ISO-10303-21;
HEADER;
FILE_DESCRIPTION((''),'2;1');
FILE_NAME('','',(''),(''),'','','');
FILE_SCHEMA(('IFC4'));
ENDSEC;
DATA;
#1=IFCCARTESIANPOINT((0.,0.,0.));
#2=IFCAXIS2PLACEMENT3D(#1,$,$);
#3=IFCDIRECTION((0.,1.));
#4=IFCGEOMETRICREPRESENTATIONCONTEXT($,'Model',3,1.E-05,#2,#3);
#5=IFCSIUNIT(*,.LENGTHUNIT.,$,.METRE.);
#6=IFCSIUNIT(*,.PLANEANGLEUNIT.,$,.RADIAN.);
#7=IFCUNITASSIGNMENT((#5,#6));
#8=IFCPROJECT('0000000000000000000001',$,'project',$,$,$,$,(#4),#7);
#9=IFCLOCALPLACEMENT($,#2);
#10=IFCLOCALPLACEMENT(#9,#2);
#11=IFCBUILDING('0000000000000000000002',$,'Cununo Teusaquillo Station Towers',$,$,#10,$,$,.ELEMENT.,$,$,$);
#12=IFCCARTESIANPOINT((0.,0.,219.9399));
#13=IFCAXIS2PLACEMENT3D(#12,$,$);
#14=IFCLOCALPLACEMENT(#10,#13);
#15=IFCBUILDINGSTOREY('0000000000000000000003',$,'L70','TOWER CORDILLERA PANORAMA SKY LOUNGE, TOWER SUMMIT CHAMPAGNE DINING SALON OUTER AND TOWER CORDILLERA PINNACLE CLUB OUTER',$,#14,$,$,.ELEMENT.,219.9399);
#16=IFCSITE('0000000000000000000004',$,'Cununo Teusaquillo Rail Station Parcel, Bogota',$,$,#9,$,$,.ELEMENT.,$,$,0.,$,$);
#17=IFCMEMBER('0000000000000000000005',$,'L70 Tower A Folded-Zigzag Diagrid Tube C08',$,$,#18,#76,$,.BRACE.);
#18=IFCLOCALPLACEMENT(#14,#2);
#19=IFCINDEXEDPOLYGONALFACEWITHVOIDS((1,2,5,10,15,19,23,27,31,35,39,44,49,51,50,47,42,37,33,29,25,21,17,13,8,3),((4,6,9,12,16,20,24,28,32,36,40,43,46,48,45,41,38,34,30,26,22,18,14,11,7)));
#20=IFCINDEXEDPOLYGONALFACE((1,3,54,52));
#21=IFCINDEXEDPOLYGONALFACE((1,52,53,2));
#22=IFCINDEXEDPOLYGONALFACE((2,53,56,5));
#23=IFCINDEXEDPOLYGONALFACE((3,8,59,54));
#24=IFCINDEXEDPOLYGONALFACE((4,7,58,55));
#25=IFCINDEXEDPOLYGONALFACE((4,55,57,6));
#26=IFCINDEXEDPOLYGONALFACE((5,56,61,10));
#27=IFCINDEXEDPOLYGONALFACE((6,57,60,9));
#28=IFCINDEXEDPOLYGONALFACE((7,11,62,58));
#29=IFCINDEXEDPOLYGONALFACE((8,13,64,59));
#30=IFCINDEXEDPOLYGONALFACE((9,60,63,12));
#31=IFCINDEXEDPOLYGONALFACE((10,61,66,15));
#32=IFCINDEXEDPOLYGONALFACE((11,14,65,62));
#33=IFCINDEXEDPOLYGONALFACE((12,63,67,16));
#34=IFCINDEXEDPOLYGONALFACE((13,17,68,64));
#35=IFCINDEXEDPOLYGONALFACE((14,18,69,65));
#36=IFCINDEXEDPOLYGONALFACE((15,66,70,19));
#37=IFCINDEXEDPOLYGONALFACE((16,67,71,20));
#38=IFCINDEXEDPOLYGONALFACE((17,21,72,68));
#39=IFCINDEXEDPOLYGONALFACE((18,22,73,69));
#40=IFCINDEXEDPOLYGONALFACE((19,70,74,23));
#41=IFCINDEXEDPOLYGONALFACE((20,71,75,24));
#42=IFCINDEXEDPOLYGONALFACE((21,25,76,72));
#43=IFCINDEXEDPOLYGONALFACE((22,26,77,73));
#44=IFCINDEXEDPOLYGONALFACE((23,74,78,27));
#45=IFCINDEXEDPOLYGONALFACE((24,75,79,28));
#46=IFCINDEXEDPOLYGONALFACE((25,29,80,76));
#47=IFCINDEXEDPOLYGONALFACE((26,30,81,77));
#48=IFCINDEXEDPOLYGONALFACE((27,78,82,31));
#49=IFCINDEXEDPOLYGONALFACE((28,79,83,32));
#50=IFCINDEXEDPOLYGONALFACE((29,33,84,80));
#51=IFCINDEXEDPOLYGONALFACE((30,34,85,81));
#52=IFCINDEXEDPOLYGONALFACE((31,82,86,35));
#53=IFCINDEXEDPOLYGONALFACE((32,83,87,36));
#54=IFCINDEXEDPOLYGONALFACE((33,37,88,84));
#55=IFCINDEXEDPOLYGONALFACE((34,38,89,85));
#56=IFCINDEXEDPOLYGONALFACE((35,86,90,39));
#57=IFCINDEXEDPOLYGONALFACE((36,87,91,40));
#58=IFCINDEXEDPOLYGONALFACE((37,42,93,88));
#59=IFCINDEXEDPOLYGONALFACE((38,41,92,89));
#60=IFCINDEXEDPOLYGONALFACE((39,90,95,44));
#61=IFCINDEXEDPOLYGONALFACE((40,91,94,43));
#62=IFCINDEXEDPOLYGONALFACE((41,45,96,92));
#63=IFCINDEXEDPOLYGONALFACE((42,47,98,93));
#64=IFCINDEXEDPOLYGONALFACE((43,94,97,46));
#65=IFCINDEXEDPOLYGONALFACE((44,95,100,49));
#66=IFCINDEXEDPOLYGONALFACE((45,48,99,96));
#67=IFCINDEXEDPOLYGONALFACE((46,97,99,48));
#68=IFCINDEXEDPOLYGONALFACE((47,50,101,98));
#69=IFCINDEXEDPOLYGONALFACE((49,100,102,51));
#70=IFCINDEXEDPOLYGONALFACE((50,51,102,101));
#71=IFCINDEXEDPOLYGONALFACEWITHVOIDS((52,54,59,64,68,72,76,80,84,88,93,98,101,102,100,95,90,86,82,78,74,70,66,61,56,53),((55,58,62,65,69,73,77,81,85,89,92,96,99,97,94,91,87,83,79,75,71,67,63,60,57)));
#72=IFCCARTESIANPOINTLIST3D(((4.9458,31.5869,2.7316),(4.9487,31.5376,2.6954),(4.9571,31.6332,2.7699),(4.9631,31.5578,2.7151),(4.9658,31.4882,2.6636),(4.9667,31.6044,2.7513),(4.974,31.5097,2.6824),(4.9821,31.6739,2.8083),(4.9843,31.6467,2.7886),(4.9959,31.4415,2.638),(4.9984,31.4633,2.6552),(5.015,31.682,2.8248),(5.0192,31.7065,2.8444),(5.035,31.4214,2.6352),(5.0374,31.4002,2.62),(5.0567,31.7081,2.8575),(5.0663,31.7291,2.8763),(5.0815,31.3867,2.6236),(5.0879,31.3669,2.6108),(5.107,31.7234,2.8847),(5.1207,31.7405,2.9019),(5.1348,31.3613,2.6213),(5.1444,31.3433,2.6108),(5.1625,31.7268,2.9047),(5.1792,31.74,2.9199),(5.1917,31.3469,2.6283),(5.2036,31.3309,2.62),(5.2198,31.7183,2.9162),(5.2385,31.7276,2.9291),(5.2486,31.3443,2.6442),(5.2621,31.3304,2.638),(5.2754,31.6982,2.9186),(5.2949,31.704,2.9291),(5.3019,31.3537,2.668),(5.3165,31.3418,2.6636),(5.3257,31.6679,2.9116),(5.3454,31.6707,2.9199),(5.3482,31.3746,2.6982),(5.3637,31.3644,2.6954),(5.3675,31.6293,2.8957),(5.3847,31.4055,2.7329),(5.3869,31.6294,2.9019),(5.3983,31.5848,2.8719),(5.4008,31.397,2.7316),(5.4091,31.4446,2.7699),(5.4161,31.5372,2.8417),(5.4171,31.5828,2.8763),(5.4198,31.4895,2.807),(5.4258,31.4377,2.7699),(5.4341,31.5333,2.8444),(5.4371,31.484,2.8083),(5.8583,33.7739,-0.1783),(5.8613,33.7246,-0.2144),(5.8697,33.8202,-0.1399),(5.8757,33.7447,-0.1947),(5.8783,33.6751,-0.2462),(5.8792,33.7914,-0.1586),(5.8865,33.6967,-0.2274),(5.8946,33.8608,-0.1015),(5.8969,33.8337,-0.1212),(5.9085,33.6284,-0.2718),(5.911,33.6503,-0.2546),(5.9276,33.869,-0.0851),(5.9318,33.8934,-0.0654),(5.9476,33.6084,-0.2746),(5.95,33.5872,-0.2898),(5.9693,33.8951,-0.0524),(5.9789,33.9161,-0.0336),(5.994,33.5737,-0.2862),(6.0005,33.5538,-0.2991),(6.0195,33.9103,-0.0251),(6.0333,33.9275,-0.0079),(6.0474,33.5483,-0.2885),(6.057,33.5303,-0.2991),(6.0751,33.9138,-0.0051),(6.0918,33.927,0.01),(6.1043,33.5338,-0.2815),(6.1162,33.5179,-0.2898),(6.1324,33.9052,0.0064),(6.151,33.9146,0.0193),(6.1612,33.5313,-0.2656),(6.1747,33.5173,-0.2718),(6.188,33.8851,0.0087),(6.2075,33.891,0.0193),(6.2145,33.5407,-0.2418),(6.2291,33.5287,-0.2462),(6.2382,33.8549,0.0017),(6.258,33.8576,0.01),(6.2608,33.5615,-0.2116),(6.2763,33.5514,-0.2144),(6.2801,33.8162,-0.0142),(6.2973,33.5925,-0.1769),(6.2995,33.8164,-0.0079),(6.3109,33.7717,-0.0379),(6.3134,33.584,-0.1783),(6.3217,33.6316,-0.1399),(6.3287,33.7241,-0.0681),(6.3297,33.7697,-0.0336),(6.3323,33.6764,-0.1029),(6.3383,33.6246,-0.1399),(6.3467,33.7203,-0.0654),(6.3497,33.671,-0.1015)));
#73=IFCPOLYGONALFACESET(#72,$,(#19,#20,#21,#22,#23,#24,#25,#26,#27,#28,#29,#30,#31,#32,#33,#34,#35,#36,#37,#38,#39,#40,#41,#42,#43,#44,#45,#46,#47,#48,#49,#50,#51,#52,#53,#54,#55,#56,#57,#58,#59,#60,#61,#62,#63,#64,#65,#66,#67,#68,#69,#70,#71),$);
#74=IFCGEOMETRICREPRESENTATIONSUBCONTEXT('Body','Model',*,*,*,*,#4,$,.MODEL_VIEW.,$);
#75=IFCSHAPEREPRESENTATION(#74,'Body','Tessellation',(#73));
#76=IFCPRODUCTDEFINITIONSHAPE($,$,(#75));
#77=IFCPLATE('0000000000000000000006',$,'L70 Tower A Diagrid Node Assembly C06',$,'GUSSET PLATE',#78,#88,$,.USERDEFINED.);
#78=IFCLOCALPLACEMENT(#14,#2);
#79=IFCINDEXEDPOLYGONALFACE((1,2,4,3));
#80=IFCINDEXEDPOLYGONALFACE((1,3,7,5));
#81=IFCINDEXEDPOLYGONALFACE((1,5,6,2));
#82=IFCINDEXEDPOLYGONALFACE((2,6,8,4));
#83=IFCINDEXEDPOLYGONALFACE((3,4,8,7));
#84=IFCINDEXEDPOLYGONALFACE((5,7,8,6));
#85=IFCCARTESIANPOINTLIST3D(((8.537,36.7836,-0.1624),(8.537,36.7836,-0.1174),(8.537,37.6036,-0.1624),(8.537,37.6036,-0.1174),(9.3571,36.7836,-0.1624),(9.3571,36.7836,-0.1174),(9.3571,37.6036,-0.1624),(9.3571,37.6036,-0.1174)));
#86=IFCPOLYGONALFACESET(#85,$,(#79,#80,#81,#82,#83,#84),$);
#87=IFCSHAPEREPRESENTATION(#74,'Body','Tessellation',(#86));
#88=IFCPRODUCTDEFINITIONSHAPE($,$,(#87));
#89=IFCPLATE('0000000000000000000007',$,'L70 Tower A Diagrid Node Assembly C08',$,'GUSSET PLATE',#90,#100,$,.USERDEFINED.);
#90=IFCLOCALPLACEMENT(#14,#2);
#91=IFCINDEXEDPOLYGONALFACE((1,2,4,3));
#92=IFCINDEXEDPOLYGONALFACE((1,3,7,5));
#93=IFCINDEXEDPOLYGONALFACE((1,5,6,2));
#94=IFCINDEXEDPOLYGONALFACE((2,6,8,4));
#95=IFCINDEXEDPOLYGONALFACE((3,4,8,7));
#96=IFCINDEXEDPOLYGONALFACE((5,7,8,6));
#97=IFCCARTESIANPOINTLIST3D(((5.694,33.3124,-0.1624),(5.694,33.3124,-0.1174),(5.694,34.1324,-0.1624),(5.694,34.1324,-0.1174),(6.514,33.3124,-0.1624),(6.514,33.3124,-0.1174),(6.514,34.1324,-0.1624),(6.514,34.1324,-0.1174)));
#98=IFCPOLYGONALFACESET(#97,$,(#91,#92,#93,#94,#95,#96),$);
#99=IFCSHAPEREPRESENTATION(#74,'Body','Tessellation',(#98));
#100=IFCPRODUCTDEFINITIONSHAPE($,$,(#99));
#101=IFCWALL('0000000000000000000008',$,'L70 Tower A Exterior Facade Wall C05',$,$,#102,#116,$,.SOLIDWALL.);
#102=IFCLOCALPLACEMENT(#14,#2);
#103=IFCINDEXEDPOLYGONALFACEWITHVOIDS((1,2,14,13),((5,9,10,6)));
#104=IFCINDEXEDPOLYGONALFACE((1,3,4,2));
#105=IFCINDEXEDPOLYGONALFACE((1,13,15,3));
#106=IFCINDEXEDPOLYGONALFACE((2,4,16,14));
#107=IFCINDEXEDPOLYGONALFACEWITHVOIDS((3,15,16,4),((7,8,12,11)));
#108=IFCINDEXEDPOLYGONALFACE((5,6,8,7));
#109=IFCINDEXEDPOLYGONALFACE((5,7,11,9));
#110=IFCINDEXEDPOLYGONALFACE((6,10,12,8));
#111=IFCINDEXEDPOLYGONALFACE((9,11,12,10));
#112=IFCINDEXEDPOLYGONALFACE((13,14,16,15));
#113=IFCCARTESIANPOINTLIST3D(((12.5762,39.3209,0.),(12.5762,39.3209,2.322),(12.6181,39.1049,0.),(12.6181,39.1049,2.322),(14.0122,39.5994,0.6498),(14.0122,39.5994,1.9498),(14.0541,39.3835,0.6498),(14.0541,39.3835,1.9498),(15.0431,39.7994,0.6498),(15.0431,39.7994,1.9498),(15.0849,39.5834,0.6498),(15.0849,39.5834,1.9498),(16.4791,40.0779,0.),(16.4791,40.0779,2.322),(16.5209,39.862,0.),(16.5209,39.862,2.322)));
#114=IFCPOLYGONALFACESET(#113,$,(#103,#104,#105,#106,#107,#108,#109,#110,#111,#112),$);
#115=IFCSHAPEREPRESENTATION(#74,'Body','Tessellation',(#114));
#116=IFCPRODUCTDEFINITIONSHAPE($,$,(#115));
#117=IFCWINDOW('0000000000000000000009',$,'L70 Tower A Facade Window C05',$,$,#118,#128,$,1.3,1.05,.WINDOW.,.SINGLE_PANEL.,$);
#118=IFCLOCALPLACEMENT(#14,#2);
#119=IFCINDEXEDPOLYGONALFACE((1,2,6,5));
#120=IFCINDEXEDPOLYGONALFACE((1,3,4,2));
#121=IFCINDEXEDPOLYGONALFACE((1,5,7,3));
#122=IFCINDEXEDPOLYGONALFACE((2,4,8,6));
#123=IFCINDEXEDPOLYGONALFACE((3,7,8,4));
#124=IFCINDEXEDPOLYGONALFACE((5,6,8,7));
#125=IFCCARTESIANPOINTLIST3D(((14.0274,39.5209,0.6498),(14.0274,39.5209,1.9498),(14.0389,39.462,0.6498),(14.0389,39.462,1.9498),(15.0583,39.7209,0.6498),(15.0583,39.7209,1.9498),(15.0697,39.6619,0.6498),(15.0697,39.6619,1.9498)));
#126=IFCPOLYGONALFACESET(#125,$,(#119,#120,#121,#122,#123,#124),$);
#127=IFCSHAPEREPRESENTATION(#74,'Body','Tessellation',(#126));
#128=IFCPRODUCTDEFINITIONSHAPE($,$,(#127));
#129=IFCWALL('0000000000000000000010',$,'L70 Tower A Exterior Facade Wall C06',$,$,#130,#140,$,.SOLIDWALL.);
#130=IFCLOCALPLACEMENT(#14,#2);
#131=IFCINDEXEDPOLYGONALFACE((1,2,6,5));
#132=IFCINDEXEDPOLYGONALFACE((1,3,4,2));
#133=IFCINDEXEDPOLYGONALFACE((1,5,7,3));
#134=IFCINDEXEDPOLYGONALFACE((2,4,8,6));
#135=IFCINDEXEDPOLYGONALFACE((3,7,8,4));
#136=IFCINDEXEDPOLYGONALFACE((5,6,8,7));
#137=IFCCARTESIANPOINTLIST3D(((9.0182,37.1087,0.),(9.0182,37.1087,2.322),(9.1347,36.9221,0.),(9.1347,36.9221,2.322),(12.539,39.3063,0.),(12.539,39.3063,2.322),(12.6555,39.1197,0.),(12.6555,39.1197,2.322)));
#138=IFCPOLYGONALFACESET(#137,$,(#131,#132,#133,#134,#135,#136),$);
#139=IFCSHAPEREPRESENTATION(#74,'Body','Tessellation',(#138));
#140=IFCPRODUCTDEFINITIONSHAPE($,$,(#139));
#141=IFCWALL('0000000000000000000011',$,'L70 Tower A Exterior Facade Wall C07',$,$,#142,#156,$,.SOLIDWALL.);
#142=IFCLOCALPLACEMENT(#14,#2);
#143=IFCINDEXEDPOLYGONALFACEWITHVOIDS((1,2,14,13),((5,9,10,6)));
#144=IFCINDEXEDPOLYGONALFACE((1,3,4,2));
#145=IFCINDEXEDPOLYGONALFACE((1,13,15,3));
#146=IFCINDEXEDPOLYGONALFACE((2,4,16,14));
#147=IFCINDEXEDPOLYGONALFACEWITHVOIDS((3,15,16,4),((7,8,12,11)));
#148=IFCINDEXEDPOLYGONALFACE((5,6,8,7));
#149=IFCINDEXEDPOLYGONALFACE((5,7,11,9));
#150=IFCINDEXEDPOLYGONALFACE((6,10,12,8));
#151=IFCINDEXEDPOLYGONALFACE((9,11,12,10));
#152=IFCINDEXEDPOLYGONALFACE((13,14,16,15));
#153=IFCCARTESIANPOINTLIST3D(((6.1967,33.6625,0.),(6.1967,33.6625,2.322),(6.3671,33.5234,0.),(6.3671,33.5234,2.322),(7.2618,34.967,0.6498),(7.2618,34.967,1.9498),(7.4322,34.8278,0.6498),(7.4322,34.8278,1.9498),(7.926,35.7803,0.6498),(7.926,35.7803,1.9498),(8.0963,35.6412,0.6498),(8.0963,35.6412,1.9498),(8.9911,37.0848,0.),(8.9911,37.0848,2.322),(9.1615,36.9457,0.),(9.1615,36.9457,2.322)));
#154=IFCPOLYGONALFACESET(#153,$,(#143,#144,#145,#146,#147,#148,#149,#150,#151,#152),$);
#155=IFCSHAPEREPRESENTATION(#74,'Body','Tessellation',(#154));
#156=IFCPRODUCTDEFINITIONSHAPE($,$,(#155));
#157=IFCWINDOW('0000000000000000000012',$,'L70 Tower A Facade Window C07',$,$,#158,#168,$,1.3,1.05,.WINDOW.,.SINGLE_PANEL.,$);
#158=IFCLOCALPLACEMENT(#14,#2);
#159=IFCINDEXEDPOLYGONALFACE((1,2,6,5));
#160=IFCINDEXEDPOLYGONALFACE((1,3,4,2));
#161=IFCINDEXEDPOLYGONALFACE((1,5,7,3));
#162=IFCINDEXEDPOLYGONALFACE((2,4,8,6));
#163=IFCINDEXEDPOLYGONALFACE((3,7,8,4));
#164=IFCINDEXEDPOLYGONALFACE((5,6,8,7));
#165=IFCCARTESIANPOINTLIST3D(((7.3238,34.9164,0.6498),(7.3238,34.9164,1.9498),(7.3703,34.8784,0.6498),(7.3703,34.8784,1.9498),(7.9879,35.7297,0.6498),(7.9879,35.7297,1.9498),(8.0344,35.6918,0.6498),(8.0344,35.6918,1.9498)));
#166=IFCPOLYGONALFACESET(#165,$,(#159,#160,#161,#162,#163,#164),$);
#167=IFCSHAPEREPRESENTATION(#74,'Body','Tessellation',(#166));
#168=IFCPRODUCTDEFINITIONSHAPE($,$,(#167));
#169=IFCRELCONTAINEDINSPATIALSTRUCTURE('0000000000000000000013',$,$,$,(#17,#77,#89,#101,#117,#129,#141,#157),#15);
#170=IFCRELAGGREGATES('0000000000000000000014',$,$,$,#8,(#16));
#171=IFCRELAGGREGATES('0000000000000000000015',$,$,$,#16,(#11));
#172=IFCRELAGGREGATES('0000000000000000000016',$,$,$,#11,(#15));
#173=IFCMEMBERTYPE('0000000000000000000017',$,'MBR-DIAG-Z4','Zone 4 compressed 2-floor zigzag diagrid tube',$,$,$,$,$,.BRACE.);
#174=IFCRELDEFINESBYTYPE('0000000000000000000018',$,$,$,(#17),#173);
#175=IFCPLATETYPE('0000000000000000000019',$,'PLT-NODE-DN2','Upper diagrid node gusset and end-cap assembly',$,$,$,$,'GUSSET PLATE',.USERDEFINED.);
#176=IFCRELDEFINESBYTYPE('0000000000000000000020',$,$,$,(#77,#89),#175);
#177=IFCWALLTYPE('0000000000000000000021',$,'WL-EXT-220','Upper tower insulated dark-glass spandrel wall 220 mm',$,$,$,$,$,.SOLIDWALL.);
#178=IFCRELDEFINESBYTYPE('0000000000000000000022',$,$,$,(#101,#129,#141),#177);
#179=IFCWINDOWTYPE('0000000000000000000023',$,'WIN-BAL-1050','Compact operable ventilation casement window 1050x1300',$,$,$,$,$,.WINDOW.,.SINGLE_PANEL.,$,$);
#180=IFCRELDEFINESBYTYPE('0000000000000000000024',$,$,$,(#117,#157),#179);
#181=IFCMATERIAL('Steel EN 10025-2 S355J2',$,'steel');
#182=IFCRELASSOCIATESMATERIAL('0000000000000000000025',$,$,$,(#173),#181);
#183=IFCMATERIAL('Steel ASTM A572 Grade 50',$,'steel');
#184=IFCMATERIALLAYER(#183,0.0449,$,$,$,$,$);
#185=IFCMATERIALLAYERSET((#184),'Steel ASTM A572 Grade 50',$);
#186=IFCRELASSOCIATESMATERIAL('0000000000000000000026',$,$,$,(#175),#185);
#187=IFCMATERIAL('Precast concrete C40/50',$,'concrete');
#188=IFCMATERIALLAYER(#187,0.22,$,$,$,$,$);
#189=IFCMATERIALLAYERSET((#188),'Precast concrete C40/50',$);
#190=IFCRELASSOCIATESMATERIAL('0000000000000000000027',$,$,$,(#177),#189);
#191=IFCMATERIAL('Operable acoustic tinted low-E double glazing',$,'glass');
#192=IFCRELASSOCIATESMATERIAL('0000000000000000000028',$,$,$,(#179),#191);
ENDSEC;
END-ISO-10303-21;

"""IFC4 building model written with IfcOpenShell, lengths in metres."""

from ifc_helpers import new_model, si_unit, direction, frame, frame_2d, origin, origin_2d, place, context, subcontext, project, spatial, rectangle, hollow_circle, extrude, source, transform, mapped, material, layer, layer_set, material_profile, profile_set, type_object, element, fill, save


model = new_model("IFC4")

# Units and contexts
model_context = context("Model", 3, precision=1e-05, world=origin(), true_north=direction((0.0, 1.0)))
body_context = subcontext(model_context, "Body", "Model", "MODEL_VIEW")
ifc_project = project(units=[si_unit("LENGTHUNIT", "METRE"), si_unit("PLANEANGLEUNIT", "RADIAN")], contexts=[model_context])

# Site, building, storey
site_placement = place(None, origin())
site = spatial("IfcSite", under=ifc_project, at=site_placement, Name="Cununo Teusaquillo Rail Station Parcel, Bogota", CompositionType="ELEMENT", RefElevation=0.0)
building_placement = place(site_placement, origin())
building = spatial("IfcBuilding", under=site, at=building_placement, Name="Cununo Teusaquillo Station Towers", CompositionType="ELEMENT")
storey_placement = place(building_placement, frame((0.0, 0.0, 219.9399)))
storey = spatial("IfcBuildingStorey", under=building, at=storey_placement, Name="L70", Description="TOWER CORDILLERA PANORAMA SKY LOUNGE, TOWER SUMMIT CHAMPAGNE DINING SALON OUTER AND TOWER CORDILLERA PINNACLE CLUB OUTER", CompositionType="ELEMENT", Elevation=219.9399)

# Member
ifc_material_1 = material(Name="Steel EN 10025-2 S355J2", Category="steel")
ifc_material_profile_1 = material_profile(ifc_material_1, hollow_circle(Radius=0.2539, WallThickness=0.0181, at=origin_2d()), Name="CHS 508x18")
ifc_profile_set_1 = profile_set([ifc_material_profile_1], Name="Steel EN 10025-2 S355J2")
member_type = type_object("IfcMemberType", Name="MBR-DIAG-Z4", Description="Zone 4 compressed 2-floor zigzag diagrid tube", PredefinedType="BRACE", material=ifc_profile_set_1)
member_1_placement = place(storey_placement, frame((6.104, 33.7224, -0.1399), z_axis=(-0.243178, -0.582769, 0.775399), x_axis=(0.922876, -0.385098, 0.0)))
element("IfcMember", 1, at=member_1_placement, inside=storey, type_object=member_type, Name="L70 Tower A Folded-Zigzag Diagrid Tube C08", PredefinedType="BRACE", context=body_context, shape_type="SweptSolid", body=[
    extrude(hollow_circle(Radius=0.2539, WallThickness=0.0181, at=origin_2d()), origin(), (0.0, 0.0, 1.0), 3.7527),
])

# Plates
ifc_material_2 = material(Name="Steel ASTM A572 Grade 50", Category="steel")
ifc_layer_1 = layer(ifc_material_2, 0.0449)
ifc_layer_set_1 = layer_set([ifc_layer_1], Name="Steel ASTM A572 Grade 50")
plate_type = type_object("IfcPlateType", Name="PLT-NODE-DN2", Description="Upper diagrid node gusset and end-cap assembly", ElementType="GUSSET PLATE", PredefinedType="USERDEFINED", material=ifc_layer_set_1)
shared_shape_1 = source(origin(), body_context, "Body", "SweptSolid", [
    extrude(rectangle(XDim=0.8201, YDim=0.8201, at=origin_2d()), origin(), (0.0, 0.0, 1.0), 0.0449),
])
for number, where, z_axis, x_axis, name in (
    (2, (8.947, 37.1936, -0.1624), (0.0, 0.0, 1.0), (1.0, 0.0, 0.0), "L70 Tower A Diagrid Node Assembly C06"),
    (3, (6.104, 33.7224, -0.1624), (0.0, 0.0, 1.0), (1.0, 0.0, 0.0), "L70 Tower A Diagrid Node Assembly C08"),
):
    element("IfcPlate", number, at=place(storey_placement, frame(where, z_axis=z_axis, x_axis=x_axis)), inside=storey, type_object=plate_type, Name=name, ObjectType="GUSSET PLATE", PredefinedType="USERDEFINED", context=body_context, shape_type="MappedRepresentation", body=[
        mapped(shared_shape_1, transform((0.0, 0.0, 0.0), x_axis=(1.0, 0.0, 0.0), y_axis=(0.0, 1.0, 0.0), z_axis=(0.0, 0.0, 1.0), scale=1.0)),
    ])

# Wall, opening, window
ifc_material_3 = material(Name="Precast concrete C40/50", Category="concrete")
ifc_layer_2 = layer(ifc_material_3, 0.22)
ifc_layer_set_2 = layer_set([ifc_layer_2], Name="Precast concrete C40/50")
wall_type_1 = type_object("IfcWallType", Name="WL-EXT-220", Description="Upper tower insulated dark-glass spandrel wall 220 mm", PredefinedType="SOLIDWALL", material=ifc_layer_set_2)
wall_1_placement = place(storey_placement, frame((12.5972, 39.2129, 0.0), z_axis=(0.0, 0.0, 1.0), x_axis=(0.9817, 0.190432, 0.0)))
wall_1 = element("IfcWall", 4, at=wall_1_placement, inside=storey, type_object=wall_type_1, Name="L70 Tower A Exterior Facade Wall C05", PredefinedType="SOLIDWALL", context=body_context, shape_type="SweptSolid", body=[
    extrude(rectangle(XDim=3.9756, YDim=0.22, at=frame_2d((1.9878, 0.0))), origin(), (0.0, 0.0, 1.0), 2.322),
])
shared_shape_2 = source(origin(), body_context, "Body", "SweptSolid", [
    extrude(rectangle(XDim=1.05, YDim=1.3, at=frame_2d((0.5249, 0.6499))), frame((0.0, 0.1199, 0.0), z_axis=(0.0, -1.0, 0.0), x_axis=(1.0, 0.0, 0.0)), (0.0, 0.0, 1.0), 0.24),
])
opening_1_placement = place(wall_1_placement, frame((1.4629, 0.0, 0.6499)))
opening_1 = element("IfcOpeningElement", 5, at=opening_1_placement, cuts=wall_1, PredefinedType="OPENING", context=body_context, shape_type="MappedRepresentation", body=[
    mapped(shared_shape_2, transform((0.0, 0.0, 0.0), x_axis=(1.0, 0.0, 0.0), y_axis=(0.0, 1.0, 0.0), z_axis=(0.0, 0.0, 1.0), scale=1.0)),
])
ifc_material_4 = material(Name="Operable acoustic tinted low-E double glazing", Category="glass")
window_type = type_object("IfcWindowType", Name="WIN-BAL-1050", Description="Compact operable ventilation casement window 1050x1300", PartitioningType="SINGLE_PANEL", PredefinedType="WINDOW", material=ifc_material_4)
shared_shape_3 = source(origin(), body_context, "Body", "SweptSolid", [
    extrude(rectangle(XDim=1.05, YDim=1.3, at=frame_2d((0.5249, 0.6499))), frame((0.0, 0.03, 0.0), z_axis=(0.0, -1.0, 0.0), x_axis=(1.0, 0.0, 0.0)), (0.0, 0.0, 1.0), 0.0601),
])
window_1_placement = place(opening_1_placement, origin())
window_1 = element("IfcWindow", 6, at=window_1_placement, inside=storey, type_object=window_type, Name="L70 Tower A Facade Window C05", OverallHeight=1.3, OverallWidth=1.05, PartitioningType="SINGLE_PANEL", PredefinedType="WINDOW", context=body_context, shape_type="MappedRepresentation", body=[
    mapped(shared_shape_3, transform((0.0, 0.0, 0.0), x_axis=(1.0, 0.0, 0.0), y_axis=(0.0, 1.0, 0.0), z_axis=(0.0, 0.0, 1.0), scale=1.0)),
])
fill(opening_1, window_1)

# Wall
wall_2_placement = place(storey_placement, frame((9.0764, 37.0154, 0.0), z_axis=(0.0, 0.0, 1.0), x_axis=(0.848319, 0.529486, 0.0)))
element("IfcWall", 7, at=wall_2_placement, inside=storey, type_object=wall_type_1, Name="L70 Tower A Exterior Facade Wall C06", PredefinedType="SOLIDWALL", context=body_context, shape_type="SweptSolid", body=[
    extrude(rectangle(XDim=4.1504, YDim=0.22, at=frame_2d((2.0752, 0.0))), origin(), (0.0, 0.0, 1.0), 2.322),
])

# Wall, opening, window
wall_3_placement = place(storey_placement, frame((6.282, 33.593, 0.0), z_axis=(0.0, 0.0, 1.0), x_axis=(0.632467, 0.774587, 0.0)))
wall_3 = element("IfcWall", 8, at=wall_3_placement, inside=storey, type_object=wall_type_1, Name="L70 Tower A Exterior Facade Wall C07", PredefinedType="SOLIDWALL", context=body_context, shape_type="SweptSolid", body=[
    extrude(rectangle(XDim=4.4182, YDim=0.22, at=frame_2d((2.209, 0.0))), origin(), (0.0, 0.0, 1.0), 2.322),
])
opening_2_placement = place(wall_3_placement, frame((1.6841, 0.0, 0.6499)))
opening_2 = element("IfcOpeningElement", 9, at=opening_2_placement, cuts=wall_3, PredefinedType="OPENING", context=body_context, shape_type="MappedRepresentation", body=[
    mapped(shared_shape_2, transform((0.0, 0.0, 0.0), x_axis=(1.0, 0.0, 0.0), y_axis=(0.0, 1.0, 0.0), z_axis=(0.0, 0.0, 1.0), scale=1.0)),
])
window_2_placement = place(opening_2_placement, origin())
window_2 = element("IfcWindow", 10, at=window_2_placement, inside=storey, type_object=window_type, Name="L70 Tower A Facade Window C07", OverallHeight=1.3, OverallWidth=1.05, PartitioningType="SINGLE_PANEL", PredefinedType="WINDOW", context=body_context, shape_type="MappedRepresentation", body=[
    mapped(shared_shape_3, transform((0.0, 0.0, 0.0), x_axis=(1.0, 0.0, 0.0), y_axis=(0.0, 1.0, 0.0), z_axis=(0.0, 0.0, 1.0), scale=1.0)),
])
fill(opening_2, window_2)

save(model, "model.ifc")
